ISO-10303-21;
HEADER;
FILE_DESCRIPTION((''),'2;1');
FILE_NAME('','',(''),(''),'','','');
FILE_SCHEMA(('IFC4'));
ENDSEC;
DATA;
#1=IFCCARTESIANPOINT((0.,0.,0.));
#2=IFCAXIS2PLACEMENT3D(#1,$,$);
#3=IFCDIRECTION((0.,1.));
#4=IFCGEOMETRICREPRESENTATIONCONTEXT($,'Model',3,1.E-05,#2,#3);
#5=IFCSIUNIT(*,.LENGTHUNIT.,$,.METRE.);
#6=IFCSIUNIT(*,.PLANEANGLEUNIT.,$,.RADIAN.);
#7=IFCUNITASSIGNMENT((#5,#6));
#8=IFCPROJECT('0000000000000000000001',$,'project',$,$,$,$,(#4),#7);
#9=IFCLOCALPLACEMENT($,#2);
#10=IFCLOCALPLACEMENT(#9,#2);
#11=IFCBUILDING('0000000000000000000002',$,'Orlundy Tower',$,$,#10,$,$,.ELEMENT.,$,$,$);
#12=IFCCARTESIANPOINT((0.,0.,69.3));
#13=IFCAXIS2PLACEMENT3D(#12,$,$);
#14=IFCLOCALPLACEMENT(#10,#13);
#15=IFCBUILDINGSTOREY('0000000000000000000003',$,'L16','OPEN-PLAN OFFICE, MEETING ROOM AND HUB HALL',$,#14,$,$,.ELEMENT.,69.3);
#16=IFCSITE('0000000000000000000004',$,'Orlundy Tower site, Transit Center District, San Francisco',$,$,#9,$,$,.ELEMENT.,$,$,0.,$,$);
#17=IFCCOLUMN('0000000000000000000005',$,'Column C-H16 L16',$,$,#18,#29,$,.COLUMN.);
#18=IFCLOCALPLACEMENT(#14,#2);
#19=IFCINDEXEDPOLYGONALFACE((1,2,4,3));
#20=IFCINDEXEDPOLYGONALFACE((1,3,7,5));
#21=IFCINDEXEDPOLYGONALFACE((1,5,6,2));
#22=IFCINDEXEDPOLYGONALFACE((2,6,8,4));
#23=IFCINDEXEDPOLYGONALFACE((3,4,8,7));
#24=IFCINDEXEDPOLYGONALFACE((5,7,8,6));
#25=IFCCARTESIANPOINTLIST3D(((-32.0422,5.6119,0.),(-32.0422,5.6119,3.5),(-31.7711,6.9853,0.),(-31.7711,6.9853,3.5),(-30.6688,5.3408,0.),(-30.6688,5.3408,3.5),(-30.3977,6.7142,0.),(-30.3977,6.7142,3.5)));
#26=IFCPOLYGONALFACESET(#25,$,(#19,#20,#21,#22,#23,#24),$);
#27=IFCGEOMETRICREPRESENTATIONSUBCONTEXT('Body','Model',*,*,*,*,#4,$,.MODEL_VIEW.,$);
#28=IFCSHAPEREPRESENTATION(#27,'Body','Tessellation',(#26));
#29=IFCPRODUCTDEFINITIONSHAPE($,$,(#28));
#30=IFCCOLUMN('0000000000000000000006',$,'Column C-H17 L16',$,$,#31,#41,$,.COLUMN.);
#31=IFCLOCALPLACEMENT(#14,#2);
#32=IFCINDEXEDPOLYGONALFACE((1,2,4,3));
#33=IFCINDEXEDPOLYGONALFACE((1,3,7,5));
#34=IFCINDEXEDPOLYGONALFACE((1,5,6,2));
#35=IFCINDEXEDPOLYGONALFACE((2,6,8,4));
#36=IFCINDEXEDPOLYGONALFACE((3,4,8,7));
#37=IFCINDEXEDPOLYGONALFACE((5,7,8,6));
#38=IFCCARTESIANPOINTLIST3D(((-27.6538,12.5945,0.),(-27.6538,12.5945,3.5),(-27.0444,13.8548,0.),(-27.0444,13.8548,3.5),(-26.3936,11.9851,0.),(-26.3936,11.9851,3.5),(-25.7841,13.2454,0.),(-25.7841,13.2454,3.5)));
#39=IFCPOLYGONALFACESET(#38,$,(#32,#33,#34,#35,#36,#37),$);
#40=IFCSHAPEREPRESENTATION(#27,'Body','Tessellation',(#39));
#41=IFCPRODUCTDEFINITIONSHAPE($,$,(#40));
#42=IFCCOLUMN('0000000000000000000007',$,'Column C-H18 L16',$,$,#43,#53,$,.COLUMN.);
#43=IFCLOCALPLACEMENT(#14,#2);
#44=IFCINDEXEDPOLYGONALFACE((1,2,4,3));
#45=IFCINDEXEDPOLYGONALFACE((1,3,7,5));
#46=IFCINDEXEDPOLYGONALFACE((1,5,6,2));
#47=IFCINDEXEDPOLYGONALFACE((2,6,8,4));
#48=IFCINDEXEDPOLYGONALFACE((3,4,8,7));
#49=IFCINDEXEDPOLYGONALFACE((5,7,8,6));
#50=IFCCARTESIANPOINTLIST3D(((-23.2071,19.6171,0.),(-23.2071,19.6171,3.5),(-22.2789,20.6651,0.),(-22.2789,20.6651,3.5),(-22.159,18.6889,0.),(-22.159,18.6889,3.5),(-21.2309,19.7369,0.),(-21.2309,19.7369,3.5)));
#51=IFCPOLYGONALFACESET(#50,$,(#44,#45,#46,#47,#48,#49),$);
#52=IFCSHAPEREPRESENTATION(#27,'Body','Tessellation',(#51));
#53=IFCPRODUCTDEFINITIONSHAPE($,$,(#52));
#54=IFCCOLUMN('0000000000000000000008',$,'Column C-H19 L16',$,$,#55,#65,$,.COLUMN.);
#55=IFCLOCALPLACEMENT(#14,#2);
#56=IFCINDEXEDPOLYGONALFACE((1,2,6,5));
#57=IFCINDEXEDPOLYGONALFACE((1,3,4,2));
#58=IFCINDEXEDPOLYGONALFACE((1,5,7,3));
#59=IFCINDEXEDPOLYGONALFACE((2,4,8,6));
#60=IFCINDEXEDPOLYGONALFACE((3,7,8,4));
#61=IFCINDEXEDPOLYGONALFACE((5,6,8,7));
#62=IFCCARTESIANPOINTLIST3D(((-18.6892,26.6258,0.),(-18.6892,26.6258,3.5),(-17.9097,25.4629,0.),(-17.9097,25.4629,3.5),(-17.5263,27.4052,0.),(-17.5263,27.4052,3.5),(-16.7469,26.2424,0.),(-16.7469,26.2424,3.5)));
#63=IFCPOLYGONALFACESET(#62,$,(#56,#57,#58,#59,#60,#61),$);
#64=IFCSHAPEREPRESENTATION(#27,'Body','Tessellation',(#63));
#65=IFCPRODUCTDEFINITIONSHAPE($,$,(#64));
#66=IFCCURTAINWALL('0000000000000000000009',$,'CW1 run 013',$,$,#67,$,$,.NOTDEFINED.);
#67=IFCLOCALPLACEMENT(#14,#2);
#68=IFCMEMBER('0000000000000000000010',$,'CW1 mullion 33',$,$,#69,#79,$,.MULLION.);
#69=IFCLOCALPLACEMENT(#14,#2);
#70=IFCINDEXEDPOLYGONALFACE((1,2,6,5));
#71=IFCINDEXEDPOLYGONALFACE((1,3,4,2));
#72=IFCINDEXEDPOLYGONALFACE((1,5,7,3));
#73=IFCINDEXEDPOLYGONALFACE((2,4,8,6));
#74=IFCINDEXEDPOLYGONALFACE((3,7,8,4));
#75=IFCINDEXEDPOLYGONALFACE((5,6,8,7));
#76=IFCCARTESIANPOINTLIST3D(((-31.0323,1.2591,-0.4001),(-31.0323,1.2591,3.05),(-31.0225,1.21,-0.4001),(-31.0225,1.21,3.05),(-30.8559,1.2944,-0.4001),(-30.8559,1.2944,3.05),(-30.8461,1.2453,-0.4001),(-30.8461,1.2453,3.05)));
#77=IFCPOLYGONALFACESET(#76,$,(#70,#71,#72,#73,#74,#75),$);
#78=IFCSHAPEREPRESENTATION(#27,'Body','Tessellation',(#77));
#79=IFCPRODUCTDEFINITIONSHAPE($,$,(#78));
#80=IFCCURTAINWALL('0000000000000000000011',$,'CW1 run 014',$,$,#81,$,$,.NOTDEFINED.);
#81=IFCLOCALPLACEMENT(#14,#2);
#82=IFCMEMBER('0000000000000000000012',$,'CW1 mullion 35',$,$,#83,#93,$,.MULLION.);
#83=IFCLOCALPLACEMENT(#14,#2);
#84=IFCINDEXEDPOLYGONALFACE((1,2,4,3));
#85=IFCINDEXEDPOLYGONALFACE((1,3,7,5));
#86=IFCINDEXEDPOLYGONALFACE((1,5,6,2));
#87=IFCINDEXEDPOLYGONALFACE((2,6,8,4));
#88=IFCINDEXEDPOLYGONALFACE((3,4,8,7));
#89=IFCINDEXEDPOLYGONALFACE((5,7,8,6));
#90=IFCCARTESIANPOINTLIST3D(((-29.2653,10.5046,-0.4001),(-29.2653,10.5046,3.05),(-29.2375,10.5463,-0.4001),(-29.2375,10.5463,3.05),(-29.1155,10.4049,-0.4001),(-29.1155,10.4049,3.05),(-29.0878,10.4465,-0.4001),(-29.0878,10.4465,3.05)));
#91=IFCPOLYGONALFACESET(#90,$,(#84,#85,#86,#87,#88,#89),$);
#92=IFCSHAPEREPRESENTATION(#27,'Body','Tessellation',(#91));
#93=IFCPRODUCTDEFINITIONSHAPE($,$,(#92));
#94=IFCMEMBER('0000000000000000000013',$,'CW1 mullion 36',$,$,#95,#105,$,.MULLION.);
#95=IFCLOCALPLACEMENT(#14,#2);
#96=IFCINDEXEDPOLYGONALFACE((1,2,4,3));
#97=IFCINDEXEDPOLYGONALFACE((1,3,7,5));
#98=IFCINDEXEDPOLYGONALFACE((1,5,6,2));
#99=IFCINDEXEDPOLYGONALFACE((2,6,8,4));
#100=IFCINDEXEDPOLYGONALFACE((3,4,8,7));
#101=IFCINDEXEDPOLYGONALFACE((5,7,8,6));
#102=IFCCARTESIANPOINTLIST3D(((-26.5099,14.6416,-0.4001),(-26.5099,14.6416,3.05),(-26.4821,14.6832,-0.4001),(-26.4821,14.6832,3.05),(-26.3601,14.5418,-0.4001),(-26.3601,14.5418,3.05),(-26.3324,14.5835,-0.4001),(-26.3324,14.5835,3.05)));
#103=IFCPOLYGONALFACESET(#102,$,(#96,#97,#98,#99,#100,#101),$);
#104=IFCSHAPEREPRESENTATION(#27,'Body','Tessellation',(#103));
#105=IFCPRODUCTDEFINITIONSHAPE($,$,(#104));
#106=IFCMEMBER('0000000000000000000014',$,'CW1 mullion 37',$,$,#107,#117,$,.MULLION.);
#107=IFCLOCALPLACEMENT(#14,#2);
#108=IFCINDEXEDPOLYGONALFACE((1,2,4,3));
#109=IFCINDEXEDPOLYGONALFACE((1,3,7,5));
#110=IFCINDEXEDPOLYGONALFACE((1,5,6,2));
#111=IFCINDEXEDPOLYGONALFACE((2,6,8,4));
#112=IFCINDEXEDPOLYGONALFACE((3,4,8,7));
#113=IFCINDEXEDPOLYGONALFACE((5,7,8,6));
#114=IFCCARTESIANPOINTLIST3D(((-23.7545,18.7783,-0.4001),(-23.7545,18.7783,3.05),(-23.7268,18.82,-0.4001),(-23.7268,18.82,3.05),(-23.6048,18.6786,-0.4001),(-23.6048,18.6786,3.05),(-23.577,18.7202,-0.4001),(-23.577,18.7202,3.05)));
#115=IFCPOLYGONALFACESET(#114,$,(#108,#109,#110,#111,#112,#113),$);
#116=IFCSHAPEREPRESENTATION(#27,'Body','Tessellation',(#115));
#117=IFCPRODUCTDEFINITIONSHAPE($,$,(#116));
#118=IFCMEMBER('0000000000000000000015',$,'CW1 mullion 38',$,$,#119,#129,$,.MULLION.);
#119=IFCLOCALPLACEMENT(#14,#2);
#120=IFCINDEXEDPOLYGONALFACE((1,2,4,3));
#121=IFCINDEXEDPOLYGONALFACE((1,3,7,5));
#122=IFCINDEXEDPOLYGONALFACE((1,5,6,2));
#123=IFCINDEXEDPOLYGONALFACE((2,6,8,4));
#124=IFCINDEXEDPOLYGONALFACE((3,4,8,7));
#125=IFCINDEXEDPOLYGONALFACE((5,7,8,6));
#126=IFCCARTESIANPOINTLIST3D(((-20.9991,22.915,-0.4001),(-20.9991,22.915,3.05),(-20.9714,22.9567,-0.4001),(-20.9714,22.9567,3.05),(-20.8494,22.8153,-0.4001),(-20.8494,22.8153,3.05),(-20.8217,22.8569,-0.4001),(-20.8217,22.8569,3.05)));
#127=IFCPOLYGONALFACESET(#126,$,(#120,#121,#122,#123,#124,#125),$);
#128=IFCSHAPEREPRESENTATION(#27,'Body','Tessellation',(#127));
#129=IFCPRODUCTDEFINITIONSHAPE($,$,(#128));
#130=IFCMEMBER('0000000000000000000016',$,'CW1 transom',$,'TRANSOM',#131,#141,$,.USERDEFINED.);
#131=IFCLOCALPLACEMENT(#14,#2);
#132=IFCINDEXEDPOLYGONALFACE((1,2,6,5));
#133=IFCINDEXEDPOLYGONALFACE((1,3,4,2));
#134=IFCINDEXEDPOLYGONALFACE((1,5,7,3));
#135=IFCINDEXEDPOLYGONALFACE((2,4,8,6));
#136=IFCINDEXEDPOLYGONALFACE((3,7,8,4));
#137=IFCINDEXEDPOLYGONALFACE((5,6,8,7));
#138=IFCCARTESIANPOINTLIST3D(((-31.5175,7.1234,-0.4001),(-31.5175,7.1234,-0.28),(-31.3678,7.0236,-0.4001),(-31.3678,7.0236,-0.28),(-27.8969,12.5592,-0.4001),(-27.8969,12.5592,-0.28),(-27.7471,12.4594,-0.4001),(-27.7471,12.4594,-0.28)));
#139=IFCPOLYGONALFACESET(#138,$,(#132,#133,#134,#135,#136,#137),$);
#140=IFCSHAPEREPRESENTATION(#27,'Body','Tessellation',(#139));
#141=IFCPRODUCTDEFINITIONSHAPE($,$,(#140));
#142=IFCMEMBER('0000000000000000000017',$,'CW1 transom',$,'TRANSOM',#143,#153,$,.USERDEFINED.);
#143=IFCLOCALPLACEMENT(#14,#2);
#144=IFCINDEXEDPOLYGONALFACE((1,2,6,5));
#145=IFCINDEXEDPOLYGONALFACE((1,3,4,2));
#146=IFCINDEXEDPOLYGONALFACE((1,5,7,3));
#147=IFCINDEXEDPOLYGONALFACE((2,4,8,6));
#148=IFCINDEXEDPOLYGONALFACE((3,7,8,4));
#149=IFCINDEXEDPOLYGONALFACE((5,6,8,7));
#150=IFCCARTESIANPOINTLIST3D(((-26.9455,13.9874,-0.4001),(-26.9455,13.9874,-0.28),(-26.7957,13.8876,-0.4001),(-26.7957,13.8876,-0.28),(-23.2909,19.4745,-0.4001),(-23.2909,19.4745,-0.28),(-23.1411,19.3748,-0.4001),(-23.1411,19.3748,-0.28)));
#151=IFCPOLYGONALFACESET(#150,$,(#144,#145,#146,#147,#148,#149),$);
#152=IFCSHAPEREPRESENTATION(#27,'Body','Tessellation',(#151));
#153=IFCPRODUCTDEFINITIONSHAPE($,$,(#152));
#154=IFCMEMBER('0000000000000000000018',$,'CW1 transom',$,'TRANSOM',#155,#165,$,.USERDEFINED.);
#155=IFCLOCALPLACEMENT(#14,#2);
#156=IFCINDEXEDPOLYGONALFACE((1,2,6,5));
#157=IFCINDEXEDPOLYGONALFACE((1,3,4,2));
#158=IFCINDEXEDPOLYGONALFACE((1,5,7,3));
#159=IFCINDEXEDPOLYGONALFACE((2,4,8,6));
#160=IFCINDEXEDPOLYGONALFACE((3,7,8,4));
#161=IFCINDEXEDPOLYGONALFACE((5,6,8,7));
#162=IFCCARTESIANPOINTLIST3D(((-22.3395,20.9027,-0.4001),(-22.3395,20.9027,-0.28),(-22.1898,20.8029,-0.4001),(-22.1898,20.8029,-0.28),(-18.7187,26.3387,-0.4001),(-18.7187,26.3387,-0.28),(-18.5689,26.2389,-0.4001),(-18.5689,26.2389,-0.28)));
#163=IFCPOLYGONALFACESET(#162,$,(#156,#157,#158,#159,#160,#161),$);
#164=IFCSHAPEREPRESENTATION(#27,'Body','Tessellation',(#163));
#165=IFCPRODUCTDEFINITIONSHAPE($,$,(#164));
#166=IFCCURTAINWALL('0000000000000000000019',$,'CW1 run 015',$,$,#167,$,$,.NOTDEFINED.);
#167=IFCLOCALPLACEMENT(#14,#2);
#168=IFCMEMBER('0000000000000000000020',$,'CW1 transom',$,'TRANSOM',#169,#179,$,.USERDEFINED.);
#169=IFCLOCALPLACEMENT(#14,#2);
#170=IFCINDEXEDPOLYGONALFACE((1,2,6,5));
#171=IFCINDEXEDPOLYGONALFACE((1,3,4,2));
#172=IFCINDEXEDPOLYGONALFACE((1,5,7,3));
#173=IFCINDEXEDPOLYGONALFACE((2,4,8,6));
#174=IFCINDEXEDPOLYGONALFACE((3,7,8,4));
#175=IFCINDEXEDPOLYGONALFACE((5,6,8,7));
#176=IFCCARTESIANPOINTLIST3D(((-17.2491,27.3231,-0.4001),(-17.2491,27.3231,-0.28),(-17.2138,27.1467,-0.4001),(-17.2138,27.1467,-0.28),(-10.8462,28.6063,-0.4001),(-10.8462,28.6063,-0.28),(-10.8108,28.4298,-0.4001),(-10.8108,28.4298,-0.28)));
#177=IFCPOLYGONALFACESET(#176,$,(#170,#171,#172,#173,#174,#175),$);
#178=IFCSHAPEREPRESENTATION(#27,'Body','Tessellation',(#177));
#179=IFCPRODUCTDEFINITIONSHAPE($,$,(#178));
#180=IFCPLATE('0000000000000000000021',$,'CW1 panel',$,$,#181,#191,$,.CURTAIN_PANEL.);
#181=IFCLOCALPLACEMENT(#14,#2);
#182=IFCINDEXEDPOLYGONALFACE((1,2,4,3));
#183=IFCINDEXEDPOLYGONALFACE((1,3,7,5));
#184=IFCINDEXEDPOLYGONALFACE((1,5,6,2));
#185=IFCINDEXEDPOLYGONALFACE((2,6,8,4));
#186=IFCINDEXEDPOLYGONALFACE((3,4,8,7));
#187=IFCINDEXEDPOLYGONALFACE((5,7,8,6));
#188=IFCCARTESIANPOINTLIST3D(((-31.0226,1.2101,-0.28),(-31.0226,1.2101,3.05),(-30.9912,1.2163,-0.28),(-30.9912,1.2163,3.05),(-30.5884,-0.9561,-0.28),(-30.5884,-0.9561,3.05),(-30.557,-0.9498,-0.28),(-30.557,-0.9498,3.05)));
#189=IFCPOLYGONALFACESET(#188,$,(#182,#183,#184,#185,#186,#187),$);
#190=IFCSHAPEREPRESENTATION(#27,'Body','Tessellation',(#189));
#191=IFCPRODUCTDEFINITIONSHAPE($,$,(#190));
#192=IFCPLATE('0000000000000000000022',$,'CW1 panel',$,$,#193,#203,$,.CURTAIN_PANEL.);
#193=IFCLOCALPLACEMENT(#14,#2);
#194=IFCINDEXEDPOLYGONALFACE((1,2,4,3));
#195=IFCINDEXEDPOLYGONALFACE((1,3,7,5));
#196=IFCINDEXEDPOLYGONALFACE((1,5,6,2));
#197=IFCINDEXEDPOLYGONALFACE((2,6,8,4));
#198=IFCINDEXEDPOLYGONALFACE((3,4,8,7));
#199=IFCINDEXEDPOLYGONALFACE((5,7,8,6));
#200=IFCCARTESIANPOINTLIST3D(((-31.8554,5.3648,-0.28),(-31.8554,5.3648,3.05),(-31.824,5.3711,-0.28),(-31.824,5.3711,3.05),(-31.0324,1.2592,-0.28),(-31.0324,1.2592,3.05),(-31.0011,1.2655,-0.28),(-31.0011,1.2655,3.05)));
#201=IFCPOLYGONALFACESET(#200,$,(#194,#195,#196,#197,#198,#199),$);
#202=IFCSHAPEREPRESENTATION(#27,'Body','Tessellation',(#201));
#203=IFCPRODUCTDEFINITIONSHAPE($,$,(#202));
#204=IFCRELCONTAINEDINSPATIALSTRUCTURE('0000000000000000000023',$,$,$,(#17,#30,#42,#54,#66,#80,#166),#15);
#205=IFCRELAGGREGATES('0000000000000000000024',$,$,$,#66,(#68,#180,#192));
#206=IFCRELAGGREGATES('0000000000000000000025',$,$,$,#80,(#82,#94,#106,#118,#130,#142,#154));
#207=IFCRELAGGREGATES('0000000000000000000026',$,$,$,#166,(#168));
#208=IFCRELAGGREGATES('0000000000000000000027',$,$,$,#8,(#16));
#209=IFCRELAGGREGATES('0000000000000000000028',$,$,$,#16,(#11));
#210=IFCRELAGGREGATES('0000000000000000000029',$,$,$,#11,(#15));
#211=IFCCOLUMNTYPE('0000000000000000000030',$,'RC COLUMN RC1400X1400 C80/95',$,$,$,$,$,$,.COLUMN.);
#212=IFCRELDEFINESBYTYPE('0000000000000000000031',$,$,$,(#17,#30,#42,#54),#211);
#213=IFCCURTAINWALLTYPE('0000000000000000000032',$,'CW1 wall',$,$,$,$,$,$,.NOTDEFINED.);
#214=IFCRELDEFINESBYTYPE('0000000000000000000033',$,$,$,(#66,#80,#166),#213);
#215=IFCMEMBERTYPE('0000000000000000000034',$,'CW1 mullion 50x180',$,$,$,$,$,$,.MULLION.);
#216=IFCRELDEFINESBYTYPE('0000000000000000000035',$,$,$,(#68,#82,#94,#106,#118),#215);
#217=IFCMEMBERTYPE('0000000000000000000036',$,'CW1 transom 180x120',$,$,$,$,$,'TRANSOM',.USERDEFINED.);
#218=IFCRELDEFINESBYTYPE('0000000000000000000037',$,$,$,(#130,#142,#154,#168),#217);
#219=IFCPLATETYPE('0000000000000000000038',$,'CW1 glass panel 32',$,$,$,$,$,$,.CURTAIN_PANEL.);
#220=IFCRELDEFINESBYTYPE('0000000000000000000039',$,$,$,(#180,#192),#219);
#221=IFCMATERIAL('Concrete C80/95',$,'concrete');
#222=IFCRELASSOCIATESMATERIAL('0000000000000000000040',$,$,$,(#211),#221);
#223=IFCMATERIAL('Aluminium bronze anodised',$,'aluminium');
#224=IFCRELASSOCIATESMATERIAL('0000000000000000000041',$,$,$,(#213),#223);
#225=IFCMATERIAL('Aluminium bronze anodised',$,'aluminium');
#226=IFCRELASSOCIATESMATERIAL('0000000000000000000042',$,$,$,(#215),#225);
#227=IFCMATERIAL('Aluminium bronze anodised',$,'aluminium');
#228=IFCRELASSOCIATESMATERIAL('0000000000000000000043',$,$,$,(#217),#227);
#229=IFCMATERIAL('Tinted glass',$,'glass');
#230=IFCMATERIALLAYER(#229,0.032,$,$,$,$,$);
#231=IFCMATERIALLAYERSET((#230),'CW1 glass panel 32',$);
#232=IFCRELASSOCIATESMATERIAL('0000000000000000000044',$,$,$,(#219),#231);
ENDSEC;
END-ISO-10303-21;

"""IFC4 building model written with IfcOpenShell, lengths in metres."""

from ifc_helpers import new_model, si_unit, direction, frame, origin, origin_2d, place, context, subcontext, project, spatial, rectangle, extrude, material, layer, layer_set, material_profile, profile_set, type_object, element, aggregate, save


model = new_model("IFC4")

# Units and contexts
model_context = context("Model", 3, precision=1e-05, world=origin(), true_north=direction((0.0, 1.0)))
body_context = subcontext(model_context, "Body", "Model", "MODEL_VIEW")
ifc_project = project(units=[si_unit("LENGTHUNIT", "METRE"), si_unit("PLANEANGLEUNIT", "RADIAN")], contexts=[model_context])

# Site, building, storey
site_placement = place(None, origin())
site = spatial("IfcSite", under=ifc_project, at=site_placement, Name="Orlundy Tower site, Transit Center District, San Francisco", CompositionType="ELEMENT", RefElevation=0.0)
building_placement = place(site_placement, origin())
building = spatial("IfcBuilding", under=site, at=building_placement, Name="Orlundy Tower", CompositionType="ELEMENT")
storey_placement = place(building_placement, frame((0.0, 0.0, 69.3)))
storey = spatial("IfcBuildingStorey", under=building, at=storey_placement, Name="L16", Description="OPEN-PLAN OFFICE, MEETING ROOM AND HUB HALL", CompositionType="ELEMENT", Elevation=69.3)

# Columns
ifc_material_1 = material(Name="Concrete C80/95", Category="concrete")
ifc_material_profile_1 = material_profile(ifc_material_1, rectangle(XDim=1.3999, YDim=1.3999, at=origin_2d()), Name="RC1400X1400")
ifc_profile_set_1 = profile_set([ifc_material_profile_1], Name="Concrete C80/95")
column_type = type_object("IfcColumnType", Name="RC COLUMN RC1400X1400 C80/95", PredefinedType="COLUMN", material=ifc_profile_set_1)
for number, where, z_axis, x_axis, name in (
    (1, (-31.22, 6.1631, 0.0), (0.0, 0.0, 1.0), (-0.981067, 0.193669, 0.0), "Column C-H16 L16"),
    (2, (-26.719, 12.9199, 0.0), (0.0, 0.0, 1.0), (-0.900273, 0.435325, 0.0), "Column C-H17 L16"),
    (3, (-22.219, 19.677, 0.0), (0.0, 0.0, 1.0), (-0.748632, 0.662986, 0.0), "Column C-H18 L16"),
    (4, (-17.718, 26.4341, 0.0), (0.0, 0.0, 1.0), (-0.556774, 0.830664, 0.0), "Column C-H19 L16"),
):
    element("IfcColumn", number, at=place(storey_placement, frame(where, z_axis=z_axis, x_axis=x_axis)), inside=storey, type_object=column_type, Name=name, PredefinedType="COLUMN", context=body_context, shape_type="SweptSolid", body=[
        extrude(rectangle(XDim=1.3999, YDim=1.3999, at=origin_2d()), origin(), (0.0, 0.0, 1.0), 3.5),
    ])

# Curtain wall, member
ifc_material_2 = material(Name="Aluminium bronze anodised", Category="aluminium")
curtain_wall_type = type_object("IfcCurtainWallType", Name="CW1 wall", PredefinedType="NOTDEFINED", material=ifc_material_2)
curtain_wall_1_placement = place(storey_placement, origin())
curtain_wall_1 = element("IfcCurtainWall", 5, at=curtain_wall_1_placement, inside=storey, type_object=curtain_wall_type, Name="CW1 run 013", PredefinedType="NOTDEFINED")
ifc_material_3 = material(Name="Aluminium bronze anodised", Category="aluminium")
ifc_material_profile_2 = material_profile(ifc_material_3, rectangle(XDim=0.1799, YDim=0.05, at=origin_2d()), Name="CW1 mullion 50x180")
ifc_profile_set_2 = profile_set([ifc_material_profile_2], Name="Aluminium bronze anodised")
member_type_1 = type_object("IfcMemberType", Name="CW1 mullion 50x180", PredefinedType="MULLION", material=ifc_profile_set_2)
member_1_placement = place(storey_placement, frame((-30.9392, 1.2522, -0.4001), z_axis=(0.0, 0.0, 1.0), x_axis=(-0.980498, -0.196529, 0.0)))
member_1 = element("IfcMember", 6, at=member_1_placement, type_object=member_type_1, Name="CW1 mullion 33", PredefinedType="MULLION", context=body_context, shape_type="SweptSolid", body=[
    extrude(rectangle(XDim=0.1799, YDim=0.05, at=origin_2d()), origin(), (0.0, 0.0, 1.0), 3.4502),
])

# Curtain wall, members
curtain_wall_2_placement = place(storey_placement, origin())
curtain_wall_2 = element("IfcCurtainWall", 7, at=curtain_wall_2_placement, inside=storey, type_object=curtain_wall_type, Name="CW1 run 014", PredefinedType="NOTDEFINED")
member_2_placement = place(storey_placement, frame((-29.1765, 10.4756, -0.4001), z_axis=(0.0, 0.0, 1.0), x_axis=(-0.832279, 0.554357, 0.0)))
member_2 = element("IfcMember", 8, at=member_2_placement, type_object=member_type_1, Name="CW1 mullion 35", PredefinedType="MULLION", context=body_context, shape_type="SweptSolid", body=[
    extrude(rectangle(XDim=0.1799, YDim=0.05, at=origin_2d()), origin(), (0.0, 0.0, 1.0), 3.4502),
])
member_3_placement = place(storey_placement, frame((-26.4211, 14.6125, -0.4001), z_axis=(0.0, 0.0, 1.0), x_axis=(-0.832279, 0.554357, 0.0)))
member_3 = element("IfcMember", 9, at=member_3_placement, type_object=member_type_1, Name="CW1 mullion 36", PredefinedType="MULLION", context=body_context, shape_type="SweptSolid", body=[
    extrude(rectangle(XDim=0.1799, YDim=0.05, at=origin_2d()), origin(), (0.0, 0.0, 1.0), 3.4502),
])
member_4_placement = place(storey_placement, frame((-23.6658, 18.7493, -0.4001), z_axis=(0.0, 0.0, 1.0), x_axis=(-0.832279, 0.554357, 0.0)))
member_4 = element("IfcMember", 10, at=member_4_placement, type_object=member_type_1, Name="CW1 mullion 37", PredefinedType="MULLION", context=body_context, shape_type="SweptSolid", body=[
    extrude(rectangle(XDim=0.1799, YDim=0.05, at=origin_2d()), origin(), (0.0, 0.0, 1.0), 3.4502),
])
member_5_placement = place(storey_placement, frame((-20.9104, 22.886, -0.4001), z_axis=(0.0, 0.0, 1.0), x_axis=(-0.832279, 0.554357, 0.0)))
member_5 = element("IfcMember", 11, at=member_5_placement, type_object=member_type_1, Name="CW1 mullion 38", PredefinedType="MULLION", context=body_context, shape_type="SweptSolid", body=[
    extrude(rectangle(XDim=0.1799, YDim=0.05, at=origin_2d()), origin(), (0.0, 0.0, 1.0), 3.4502),
])
ifc_material_4 = material(Name="Aluminium bronze anodised", Category="aluminium")
ifc_material_profile_3 = material_profile(ifc_material_4, rectangle(XDim=0.1799, YDim=0.1201, at=origin_2d()), Name="CW1 transom 180x120")
ifc_profile_set_3 = profile_set([ifc_material_profile_3], Name="Aluminium bronze anodised")
member_type_2 = type_object("IfcMemberType", Name="CW1 transom 180x120", ElementType="TRANSOM", PredefinedType="USERDEFINED", material=ifc_profile_set_3)
member_6_placement = place(storey_placement, frame((-31.4426, 7.0735, -0.3401), z_axis=(0.554355, 0.83228, 0.0), x_axis=(-0.83228, 0.554355, 0.0)))
member_6 = element("IfcMember", 12, at=member_6_placement, type_object=member_type_2, Name="CW1 transom", ObjectType="TRANSOM", PredefinedType="USERDEFINED", context=body_context, shape_type="SweptSolid", body=[
    extrude(rectangle(XDim=0.1799, YDim=0.1201, at=origin_2d()), origin(), (0.0, 0.0, 1.0), 6.5312),
])
member_7_placement = place(storey_placement, frame((-26.8706, 13.9375, -0.3401), z_axis=(0.554333, 0.832295, 0.0), x_axis=(-0.832295, 0.554333, 0.0)))
member_7 = element("IfcMember", 13, at=member_7_placement, type_object=member_type_2, Name="CW1 transom", ObjectType="TRANSOM", PredefinedType="USERDEFINED", context=body_context, shape_type="SweptSolid", body=[
    extrude(rectangle(XDim=0.1799, YDim=0.1201, at=origin_2d()), origin(), (0.0, 0.0, 1.0), 6.5928),
])
member_8_placement = place(storey_placement, frame((-22.2646, 20.8528, -0.3401), z_axis=(0.554364, 0.832274, 0.0), x_axis=(-0.832274, 0.554364, 0.0)))
member_8 = element("IfcMember", 14, at=member_8_placement, type_object=member_type_2, Name="CW1 transom", ObjectType="TRANSOM", PredefinedType="USERDEFINED", context=body_context, shape_type="SweptSolid", body=[
    extrude(rectangle(XDim=0.1799, YDim=0.1201, at=origin_2d()), origin(), (0.0, 0.0, 1.0), 6.5315),
])

# Curtain wall, member
curtain_wall_3_placement = place(storey_placement, origin())
curtain_wall_3 = element("IfcCurtainWall", 15, at=curtain_wall_3_placement, inside=storey, type_object=curtain_wall_type, Name="CW1 run 015", PredefinedType="NOTDEFINED")
member_9_placement = place(storey_placement, frame((-17.2314, 27.2349, -0.3401), z_axis=(0.980504, 0.196497, 0.0), x_axis=(-0.196497, 0.980504, 0.0)))
member_9 = element("IfcMember", 16, at=member_9_placement, type_object=member_type_2, Name="CW1 transom", ObjectType="TRANSOM", PredefinedType="USERDEFINED", context=body_context, shape_type="SweptSolid", body=[
    extrude(rectangle(XDim=0.1799, YDim=0.1201, at=origin_2d()), origin(), (0.0, 0.0, 1.0), 6.5303),
])

# Plates
ifc_material_5 = material(Name="Tinted glass", Category="glass")
ifc_layer_1 = layer(ifc_material_5, 0.032)
ifc_layer_set_1 = layer_set([ifc_layer_1], Name="CW1 glass panel 32")
plate_type = type_object("IfcPlateType", Name="CW1 glass panel 32", PredefinedType="CURTAIN_PANEL", material=ifc_layer_set_1)
plate_1_placement = place(storey_placement, frame((-30.7898, 0.1301, -0.28), z_axis=(0.0, 0.0, 1.0), x_axis=(-0.196529, 0.980498, 0.0)))
plate_1 = element("IfcPlate", 17, at=plate_1_placement, type_object=plate_type, Name="CW1 panel", PredefinedType="CURTAIN_PANEL", context=body_context, shape_type="SweptSolid", body=[
    extrude(rectangle(XDim=2.2092, YDim=0.032, at=origin_2d()), origin(), (0.0, 0.0, 1.0), 3.3301),
])
plate_2_placement = place(storey_placement, frame((-31.4282, 3.3152, -0.28), z_axis=(0.0, 0.0, 1.0), x_axis=(-0.196529, 0.980498, 0.0)))
plate_2 = element("IfcPlate", 18, at=plate_2_placement, type_object=plate_type, Name="CW1 panel", PredefinedType="CURTAIN_PANEL", context=body_context, shape_type="SweptSolid", body=[
    extrude(rectangle(XDim=4.1873, YDim=0.032, at=origin_2d()), origin(), (0.0, 0.0, 1.0), 3.3301),
])
aggregate(curtain_wall_1, [member_1, plate_1, plate_2])
aggregate(curtain_wall_2, [member_2, member_3, member_4, member_5, member_6, member_7, member_8])
aggregate(curtain_wall_3, [member_9])

save(model, "model.ifc")
